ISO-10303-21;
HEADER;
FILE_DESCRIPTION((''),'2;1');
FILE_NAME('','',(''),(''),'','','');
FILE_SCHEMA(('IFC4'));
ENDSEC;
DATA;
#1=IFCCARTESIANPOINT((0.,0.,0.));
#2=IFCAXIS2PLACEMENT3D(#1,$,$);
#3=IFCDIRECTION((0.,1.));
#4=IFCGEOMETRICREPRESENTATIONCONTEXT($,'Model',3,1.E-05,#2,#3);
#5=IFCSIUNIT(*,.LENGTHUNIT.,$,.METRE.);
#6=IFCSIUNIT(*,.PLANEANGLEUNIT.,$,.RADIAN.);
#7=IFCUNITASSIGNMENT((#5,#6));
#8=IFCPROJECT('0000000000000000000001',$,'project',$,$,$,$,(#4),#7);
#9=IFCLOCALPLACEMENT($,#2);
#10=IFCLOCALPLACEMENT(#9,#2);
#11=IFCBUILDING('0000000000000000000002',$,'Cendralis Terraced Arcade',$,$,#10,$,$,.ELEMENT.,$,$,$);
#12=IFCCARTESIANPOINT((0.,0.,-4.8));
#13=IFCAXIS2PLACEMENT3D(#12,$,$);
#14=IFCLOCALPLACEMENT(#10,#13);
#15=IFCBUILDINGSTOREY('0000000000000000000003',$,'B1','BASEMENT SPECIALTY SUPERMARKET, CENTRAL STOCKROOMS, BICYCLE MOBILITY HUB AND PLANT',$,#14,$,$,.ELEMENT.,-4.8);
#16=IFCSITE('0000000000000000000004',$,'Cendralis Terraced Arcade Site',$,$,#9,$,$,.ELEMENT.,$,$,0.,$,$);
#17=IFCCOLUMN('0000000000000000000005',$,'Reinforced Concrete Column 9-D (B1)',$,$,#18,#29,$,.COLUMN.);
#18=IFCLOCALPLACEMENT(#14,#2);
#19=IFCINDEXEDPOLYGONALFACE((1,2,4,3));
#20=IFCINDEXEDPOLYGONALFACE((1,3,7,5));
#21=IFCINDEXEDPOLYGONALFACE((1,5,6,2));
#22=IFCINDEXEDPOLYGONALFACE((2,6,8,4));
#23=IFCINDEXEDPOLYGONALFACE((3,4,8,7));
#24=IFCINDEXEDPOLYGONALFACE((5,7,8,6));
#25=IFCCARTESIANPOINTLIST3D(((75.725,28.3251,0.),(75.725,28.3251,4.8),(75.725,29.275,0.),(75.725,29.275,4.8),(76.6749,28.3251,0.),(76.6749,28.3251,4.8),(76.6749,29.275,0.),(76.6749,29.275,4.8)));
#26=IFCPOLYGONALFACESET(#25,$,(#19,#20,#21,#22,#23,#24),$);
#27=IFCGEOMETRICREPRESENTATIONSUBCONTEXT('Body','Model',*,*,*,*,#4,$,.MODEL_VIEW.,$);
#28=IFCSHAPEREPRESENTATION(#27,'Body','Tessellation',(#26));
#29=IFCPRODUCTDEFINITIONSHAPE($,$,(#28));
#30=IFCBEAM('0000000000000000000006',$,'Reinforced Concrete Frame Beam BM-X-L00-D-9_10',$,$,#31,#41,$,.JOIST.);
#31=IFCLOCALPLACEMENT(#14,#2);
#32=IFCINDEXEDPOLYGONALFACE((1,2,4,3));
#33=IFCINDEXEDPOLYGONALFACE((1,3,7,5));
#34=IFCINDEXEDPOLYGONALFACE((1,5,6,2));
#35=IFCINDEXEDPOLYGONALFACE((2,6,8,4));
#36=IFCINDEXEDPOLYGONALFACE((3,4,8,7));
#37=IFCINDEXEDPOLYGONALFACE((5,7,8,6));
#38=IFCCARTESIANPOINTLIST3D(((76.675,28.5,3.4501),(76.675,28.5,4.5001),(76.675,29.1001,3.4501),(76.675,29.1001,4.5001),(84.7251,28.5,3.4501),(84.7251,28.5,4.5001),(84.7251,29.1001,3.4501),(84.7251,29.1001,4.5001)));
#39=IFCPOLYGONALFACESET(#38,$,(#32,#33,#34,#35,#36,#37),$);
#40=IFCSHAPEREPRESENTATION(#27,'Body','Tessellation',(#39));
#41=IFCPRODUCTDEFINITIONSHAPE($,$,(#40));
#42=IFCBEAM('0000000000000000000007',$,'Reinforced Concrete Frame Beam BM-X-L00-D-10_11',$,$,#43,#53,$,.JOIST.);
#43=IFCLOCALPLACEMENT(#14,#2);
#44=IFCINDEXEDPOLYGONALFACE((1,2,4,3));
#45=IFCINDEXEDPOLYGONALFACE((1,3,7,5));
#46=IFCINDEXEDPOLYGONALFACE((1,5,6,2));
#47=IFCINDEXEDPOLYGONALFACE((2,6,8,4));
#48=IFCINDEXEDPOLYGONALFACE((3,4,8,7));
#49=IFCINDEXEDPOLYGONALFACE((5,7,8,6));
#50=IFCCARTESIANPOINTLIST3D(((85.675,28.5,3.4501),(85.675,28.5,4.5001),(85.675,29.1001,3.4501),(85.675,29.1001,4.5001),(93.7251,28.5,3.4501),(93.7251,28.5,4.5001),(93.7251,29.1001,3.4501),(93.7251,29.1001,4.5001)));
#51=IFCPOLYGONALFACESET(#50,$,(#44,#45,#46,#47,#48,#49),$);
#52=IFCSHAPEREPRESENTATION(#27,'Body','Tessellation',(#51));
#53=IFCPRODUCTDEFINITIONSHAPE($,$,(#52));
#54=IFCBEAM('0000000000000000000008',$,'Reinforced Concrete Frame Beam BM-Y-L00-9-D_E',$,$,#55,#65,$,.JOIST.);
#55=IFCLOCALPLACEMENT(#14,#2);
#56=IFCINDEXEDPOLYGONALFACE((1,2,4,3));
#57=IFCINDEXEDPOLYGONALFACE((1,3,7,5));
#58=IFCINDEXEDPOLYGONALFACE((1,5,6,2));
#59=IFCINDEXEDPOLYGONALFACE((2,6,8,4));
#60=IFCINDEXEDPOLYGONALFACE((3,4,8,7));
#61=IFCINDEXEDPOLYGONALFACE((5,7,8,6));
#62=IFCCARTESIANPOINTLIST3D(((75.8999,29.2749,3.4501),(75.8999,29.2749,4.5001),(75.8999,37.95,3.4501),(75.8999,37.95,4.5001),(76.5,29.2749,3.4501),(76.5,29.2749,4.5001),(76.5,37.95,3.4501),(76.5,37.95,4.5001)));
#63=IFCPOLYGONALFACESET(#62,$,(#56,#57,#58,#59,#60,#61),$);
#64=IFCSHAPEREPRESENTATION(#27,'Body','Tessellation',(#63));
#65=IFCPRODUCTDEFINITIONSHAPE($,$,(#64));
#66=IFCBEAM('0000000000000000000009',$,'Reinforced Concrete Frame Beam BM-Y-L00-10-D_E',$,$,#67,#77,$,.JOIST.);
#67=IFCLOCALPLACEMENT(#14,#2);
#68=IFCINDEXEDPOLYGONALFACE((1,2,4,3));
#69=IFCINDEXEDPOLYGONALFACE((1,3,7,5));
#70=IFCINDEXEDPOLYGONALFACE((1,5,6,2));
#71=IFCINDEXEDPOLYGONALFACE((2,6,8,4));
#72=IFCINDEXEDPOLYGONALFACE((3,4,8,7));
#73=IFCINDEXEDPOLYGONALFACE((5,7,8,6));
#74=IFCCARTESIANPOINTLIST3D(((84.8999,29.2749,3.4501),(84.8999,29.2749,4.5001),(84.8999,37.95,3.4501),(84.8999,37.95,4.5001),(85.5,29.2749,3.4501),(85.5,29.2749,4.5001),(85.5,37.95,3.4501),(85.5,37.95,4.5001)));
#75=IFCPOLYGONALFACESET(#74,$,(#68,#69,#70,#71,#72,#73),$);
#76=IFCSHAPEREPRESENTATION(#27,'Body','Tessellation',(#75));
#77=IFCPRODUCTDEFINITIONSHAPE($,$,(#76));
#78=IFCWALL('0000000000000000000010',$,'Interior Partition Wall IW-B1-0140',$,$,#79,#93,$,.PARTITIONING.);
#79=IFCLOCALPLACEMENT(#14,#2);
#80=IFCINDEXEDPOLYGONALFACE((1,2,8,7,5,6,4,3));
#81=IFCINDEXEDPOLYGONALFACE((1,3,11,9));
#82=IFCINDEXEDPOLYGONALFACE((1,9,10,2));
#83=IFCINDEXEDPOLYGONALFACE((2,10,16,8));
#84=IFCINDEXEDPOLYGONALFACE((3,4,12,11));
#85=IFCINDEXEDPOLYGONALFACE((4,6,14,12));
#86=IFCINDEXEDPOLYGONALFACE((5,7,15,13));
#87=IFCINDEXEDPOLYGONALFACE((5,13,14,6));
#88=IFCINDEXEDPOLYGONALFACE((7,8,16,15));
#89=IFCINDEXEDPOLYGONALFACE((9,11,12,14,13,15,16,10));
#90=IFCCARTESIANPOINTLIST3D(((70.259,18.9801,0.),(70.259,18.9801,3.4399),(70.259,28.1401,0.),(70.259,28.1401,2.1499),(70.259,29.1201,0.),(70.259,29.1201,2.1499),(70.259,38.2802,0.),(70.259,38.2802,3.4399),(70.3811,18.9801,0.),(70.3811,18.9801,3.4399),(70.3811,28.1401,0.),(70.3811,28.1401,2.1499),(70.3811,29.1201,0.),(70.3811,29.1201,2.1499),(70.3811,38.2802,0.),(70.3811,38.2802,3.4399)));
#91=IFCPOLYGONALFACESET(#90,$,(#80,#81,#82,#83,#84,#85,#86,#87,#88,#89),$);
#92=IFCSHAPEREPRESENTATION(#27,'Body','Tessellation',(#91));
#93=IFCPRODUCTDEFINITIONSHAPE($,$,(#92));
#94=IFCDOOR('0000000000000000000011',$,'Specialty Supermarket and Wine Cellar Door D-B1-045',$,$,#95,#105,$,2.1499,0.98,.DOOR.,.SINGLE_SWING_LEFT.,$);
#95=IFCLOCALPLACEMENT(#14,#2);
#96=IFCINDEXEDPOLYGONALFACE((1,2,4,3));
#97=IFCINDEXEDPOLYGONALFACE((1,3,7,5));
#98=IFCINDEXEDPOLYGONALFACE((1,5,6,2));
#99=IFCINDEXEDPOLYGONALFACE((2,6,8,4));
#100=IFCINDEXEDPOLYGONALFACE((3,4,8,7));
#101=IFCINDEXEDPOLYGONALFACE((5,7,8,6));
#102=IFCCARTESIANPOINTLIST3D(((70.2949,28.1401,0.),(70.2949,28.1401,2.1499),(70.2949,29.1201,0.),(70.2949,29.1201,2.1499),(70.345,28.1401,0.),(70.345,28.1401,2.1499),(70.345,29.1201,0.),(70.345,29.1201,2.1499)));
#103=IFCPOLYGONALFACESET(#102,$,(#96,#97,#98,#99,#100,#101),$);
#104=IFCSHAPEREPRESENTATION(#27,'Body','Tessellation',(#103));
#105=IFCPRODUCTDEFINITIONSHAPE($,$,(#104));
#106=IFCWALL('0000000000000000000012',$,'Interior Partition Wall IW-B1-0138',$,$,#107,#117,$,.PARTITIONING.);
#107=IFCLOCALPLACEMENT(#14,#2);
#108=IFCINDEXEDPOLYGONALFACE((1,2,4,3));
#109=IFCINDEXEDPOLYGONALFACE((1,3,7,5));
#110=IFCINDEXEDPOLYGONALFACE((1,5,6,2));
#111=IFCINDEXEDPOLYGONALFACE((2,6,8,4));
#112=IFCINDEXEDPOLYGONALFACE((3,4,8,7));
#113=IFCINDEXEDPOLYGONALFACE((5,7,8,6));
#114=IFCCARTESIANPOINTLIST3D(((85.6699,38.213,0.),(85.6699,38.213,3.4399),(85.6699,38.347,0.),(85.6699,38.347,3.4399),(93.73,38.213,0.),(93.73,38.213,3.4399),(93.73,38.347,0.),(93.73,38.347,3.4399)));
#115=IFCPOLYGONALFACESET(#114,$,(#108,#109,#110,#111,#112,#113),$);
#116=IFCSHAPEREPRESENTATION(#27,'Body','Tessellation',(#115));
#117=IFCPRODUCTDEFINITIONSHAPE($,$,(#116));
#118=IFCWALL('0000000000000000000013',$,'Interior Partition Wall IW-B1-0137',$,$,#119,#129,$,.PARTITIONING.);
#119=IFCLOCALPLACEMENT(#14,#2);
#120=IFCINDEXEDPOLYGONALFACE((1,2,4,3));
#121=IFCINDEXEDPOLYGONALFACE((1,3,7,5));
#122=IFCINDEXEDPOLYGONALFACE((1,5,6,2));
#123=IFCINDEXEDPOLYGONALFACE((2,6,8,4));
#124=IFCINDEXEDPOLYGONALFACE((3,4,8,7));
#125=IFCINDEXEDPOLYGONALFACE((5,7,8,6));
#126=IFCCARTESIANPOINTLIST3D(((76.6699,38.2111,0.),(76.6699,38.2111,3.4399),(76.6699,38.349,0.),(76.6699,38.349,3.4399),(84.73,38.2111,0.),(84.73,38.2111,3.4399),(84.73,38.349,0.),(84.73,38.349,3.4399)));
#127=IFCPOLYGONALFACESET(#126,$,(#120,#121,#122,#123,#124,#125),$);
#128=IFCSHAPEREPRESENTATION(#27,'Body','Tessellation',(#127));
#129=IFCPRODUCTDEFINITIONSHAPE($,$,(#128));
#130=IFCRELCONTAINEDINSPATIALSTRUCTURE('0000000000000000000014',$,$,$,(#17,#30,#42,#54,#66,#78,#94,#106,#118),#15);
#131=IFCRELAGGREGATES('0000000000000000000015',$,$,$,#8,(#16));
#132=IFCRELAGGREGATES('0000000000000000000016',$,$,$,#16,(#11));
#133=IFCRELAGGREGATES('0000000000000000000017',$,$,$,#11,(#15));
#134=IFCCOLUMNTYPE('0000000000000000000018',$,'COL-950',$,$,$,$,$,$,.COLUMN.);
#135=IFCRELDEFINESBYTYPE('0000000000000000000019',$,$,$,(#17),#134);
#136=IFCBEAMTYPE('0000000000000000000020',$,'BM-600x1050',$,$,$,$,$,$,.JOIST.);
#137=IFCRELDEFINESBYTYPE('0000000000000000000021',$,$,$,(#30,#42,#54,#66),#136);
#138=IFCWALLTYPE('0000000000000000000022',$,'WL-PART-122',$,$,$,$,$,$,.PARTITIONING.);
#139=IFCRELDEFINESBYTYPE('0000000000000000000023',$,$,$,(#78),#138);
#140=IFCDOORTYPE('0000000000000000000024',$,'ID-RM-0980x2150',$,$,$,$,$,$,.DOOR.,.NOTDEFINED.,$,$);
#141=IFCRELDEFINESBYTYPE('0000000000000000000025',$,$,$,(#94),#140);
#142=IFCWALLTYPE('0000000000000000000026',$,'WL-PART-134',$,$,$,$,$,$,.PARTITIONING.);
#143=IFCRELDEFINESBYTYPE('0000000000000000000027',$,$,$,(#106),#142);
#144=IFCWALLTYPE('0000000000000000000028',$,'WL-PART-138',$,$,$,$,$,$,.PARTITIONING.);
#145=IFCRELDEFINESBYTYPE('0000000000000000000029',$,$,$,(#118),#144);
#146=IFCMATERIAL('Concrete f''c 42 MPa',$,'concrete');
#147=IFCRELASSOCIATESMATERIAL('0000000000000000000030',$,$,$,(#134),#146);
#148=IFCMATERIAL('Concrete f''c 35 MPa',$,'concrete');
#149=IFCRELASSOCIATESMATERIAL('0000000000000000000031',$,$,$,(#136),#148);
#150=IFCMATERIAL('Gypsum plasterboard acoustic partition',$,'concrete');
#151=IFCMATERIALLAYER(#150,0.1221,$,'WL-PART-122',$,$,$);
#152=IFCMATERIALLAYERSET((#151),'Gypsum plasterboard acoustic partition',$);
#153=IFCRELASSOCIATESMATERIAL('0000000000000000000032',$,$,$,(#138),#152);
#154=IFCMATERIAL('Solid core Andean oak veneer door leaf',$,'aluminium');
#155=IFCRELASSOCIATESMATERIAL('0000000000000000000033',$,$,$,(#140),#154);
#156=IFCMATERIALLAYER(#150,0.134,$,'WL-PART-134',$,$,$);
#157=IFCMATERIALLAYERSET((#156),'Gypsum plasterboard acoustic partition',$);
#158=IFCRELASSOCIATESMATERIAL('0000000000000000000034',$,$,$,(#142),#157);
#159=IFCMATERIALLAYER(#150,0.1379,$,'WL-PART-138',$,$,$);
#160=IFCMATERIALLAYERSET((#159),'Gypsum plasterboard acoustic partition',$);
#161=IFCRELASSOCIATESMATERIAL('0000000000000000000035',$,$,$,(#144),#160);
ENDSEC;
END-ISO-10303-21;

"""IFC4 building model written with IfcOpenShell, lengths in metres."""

from ifc_helpers import new_model, si_unit, direction, frame, frame_2d, origin, origin_2d, place, context, subcontext, project, spatial, rectangle, extrude, material, layer, layer_set, material_profile, profile_set, type_object, element, fill, save


model = new_model("IFC4")

# Units and contexts
model_context = context("Model", 3, precision=1e-05, world=origin(), true_north=direction((0.0, 1.0)))
body_context = subcontext(model_context, "Body", "Model", "MODEL_VIEW")
ifc_project = project(units=[si_unit("LENGTHUNIT", "METRE"), si_unit("PLANEANGLEUNIT", "RADIAN")], contexts=[model_context])

# Site, building, storey
site_placement = place(None, origin())
site = spatial("IfcSite", under=ifc_project, at=site_placement, Name="Cendralis Terraced Arcade Site", CompositionType="ELEMENT", RefElevation=0.0)
building_placement = place(site_placement, origin())
building = spatial("IfcBuilding", under=site, at=building_placement, Name="Cendralis Terraced Arcade", CompositionType="ELEMENT")
storey_placement = place(building_placement, frame((0.0, 0.0, -4.8)))
storey = spatial("IfcBuildingStorey", under=building, at=storey_placement, Name="B1", Description="BASEMENT SPECIALTY SUPERMARKET, CENTRAL STOCKROOMS, BICYCLE MOBILITY HUB AND PLANT", CompositionType="ELEMENT", Elevation=-4.8)

# Shared definitions
ifc_material_1 = material(Name="Concrete f'c 35 MPa", Category="concrete")

# Column
ifc_material_2 = material(Name="Concrete f'c 42 MPa", Category="concrete")
ifc_material_profile_1 = material_profile(ifc_material_2, rectangle(XDim=0.95, YDim=0.95, at=origin_2d()), Name="RC-COL-950x950", Category="LoadBearing")
ifc_profile_set_1 = profile_set([ifc_material_profile_1], Name="Concrete f'c 42 MPa")
column_type = type_object("IfcColumnType", Name="COL-950", PredefinedType="COLUMN", material=ifc_profile_set_1)
for number, where, z_axis, x_axis, name in (
    (1, (76.2, 28.8, 0.0), (0.0, 0.0, 1.0), (1.0, 0.0, 0.0), "Reinforced Concrete Column 9-D (B1)"),
):
    element("IfcColumn", number, at=place(storey_placement, frame(where, z_axis=z_axis, x_axis=x_axis)), inside=storey, type_object=column_type, Name=name, PredefinedType="COLUMN", context=body_context, shape_type="SweptSolid", body=[
        extrude(rectangle(XDim=0.95, YDim=0.95, at=origin_2d()), origin(), (0.0, 0.0, 1.0), 4.8),
    ])

# Beams
ifc_material_profile_2 = material_profile(ifc_material_1, rectangle(XDim=0.6001, YDim=1.05, at=origin_2d()), Name="RC-BM-600x1050", Category="LoadBearing")
ifc_profile_set_2 = profile_set([ifc_material_profile_2], Name="Concrete f'c 35 MPa")
beam_type = type_object("IfcBeamType", Name="BM-600x1050", PredefinedType="JOIST", material=ifc_profile_set_2)
for number, where, z_axis, x_axis, name in (
    (2, (76.675, 28.8, 3.9751), (1.0, 0.0, 0.0), (0.0, 1.0, 0.0), "Reinforced Concrete Frame Beam BM-X-L00-D-9_10"),
    (3, (85.675, 28.8, 3.9751), (1.0, 0.0, 0.0), (0.0, 1.0, 0.0), "Reinforced Concrete Frame Beam BM-X-L00-D-10_11"),
):
    element("IfcBeam", number, at=place(storey_placement, frame(where, z_axis=z_axis, x_axis=x_axis)), inside=storey, type_object=beam_type, Name=name, PredefinedType="JOIST", context=body_context, shape_type="SweptSolid", body=[
        extrude(rectangle(XDim=0.6001, YDim=1.05, at=origin_2d()), origin(), (0.0, 0.0, 1.0), 8.05),
    ])
for number, where, z_axis, x_axis, name in (
    (4, (76.2, 29.2749, 3.9751), (0.0, 1.0, 0.0), (-1.0, 0.0, 0.0), "Reinforced Concrete Frame Beam BM-Y-L00-9-D_E"),
    (5, (85.2, 29.2749, 3.9751), (0.0, 1.0, 0.0), (-1.0, 0.0, 0.0), "Reinforced Concrete Frame Beam BM-Y-L00-10-D_E"),
):
    element("IfcBeam", number, at=place(storey_placement, frame(where, z_axis=z_axis, x_axis=x_axis)), inside=storey, type_object=beam_type, Name=name, PredefinedType="JOIST", context=body_context, shape_type="SweptSolid", body=[
        extrude(rectangle(XDim=0.6001, YDim=1.05, at=origin_2d()), origin(), (0.0, 0.0, 1.0), 8.675),
    ])

# Wall, opening, door
ifc_material_3 = material(Name="Gypsum plasterboard acoustic partition", Category="concrete")
ifc_layer_1 = layer(ifc_material_3, 0.1221, Name="WL-PART-122")
ifc_layer_set_1 = layer_set([ifc_layer_1], Name="Gypsum plasterboard acoustic partition")
wall_type_1 = type_object("IfcWallType", Name="WL-PART-122", PredefinedType="PARTITIONING", material=ifc_layer_set_1)
wall_1_placement = place(storey_placement, frame((70.3201, 38.28, 0.0), z_axis=(0.0, 0.0, 1.0), x_axis=(0.0, -1.0, 0.0)))
wall_1 = element("IfcWall", 6, at=wall_1_placement, inside=storey, type_object=wall_type_1, Name="Interior Partition Wall IW-B1-0140", PredefinedType="PARTITIONING", context=body_context, shape_type="SweptSolid", body=[
    extrude(rectangle(XDim=19.3, YDim=0.1221, at=frame_2d((9.6499, 0.0))), origin(), (0.0, 0.0, 1.0), 3.4399),
])
opening_placement = place(wall_1_placement, frame((9.1599, 0.0, 0.0)))
opening = element("IfcOpeningElement", 7, at=opening_placement, cuts=wall_1, PredefinedType="OPENING", context=body_context, shape_type="SweptSolid", body=[
    extrude(rectangle(XDim=0.98, YDim=2.1499, at=frame_2d((0.49, 1.075))), frame((0.0, 0.073, 0.0), z_axis=(0.0, -1.0, 0.0), x_axis=(1.0, 0.0, 0.0)), (0.0, 0.0, 1.0), 0.146),
])
ifc_material_4 = material(Name="Solid core Andean oak veneer door leaf", Category="aluminium")
door_type = type_object("IfcDoorType", Name="ID-RM-0980x2150", OperationType="NOTDEFINED", PredefinedType="DOOR", material=ifc_material_4)
door_placement = place(opening_placement, origin())
door = element("IfcDoor", 8, at=door_placement, inside=storey, type_object=door_type, Name="Specialty Supermarket and Wine Cellar Door D-B1-045", OperationType="SINGLE_SWING_LEFT", OverallHeight=2.1499, OverallWidth=0.98, PredefinedType="DOOR", context=body_context, shape_type="SweptSolid", body=[
    extrude(rectangle(XDim=0.98, YDim=2.1499, at=frame_2d((0.49, 1.075))), frame((0.0, 0.0249, 0.0), z_axis=(0.0, -1.0, 0.0), x_axis=(1.0, 0.0, 0.0)), (0.0, 0.0, 1.0), 0.05),
])
fill(opening, door)

# Walls
ifc_layer_2 = layer(ifc_material_3, 0.134, Name="WL-PART-134")
ifc_layer_set_2 = layer_set([ifc_layer_2], Name="Gypsum plasterboard acoustic partition")
wall_type_2 = type_object("IfcWallType", Name="WL-PART-134", PredefinedType="PARTITIONING", material=ifc_layer_set_2)
wall_2_placement = place(storey_placement, frame((85.6699, 38.28, 0.0), z_axis=(0.0, 0.0, 1.0), x_axis=(1.0, 0.0, 0.0)))
element("IfcWall", 9, at=wall_2_placement, inside=storey, type_object=wall_type_2, Name="Interior Partition Wall IW-B1-0138", PredefinedType="PARTITIONING", context=body_context, shape_type="SweptSolid", body=[
    extrude(rectangle(XDim=8.0601, YDim=0.134, at=frame_2d((4.03, 0.0))), origin(), (0.0, 0.0, 1.0), 3.4399),
])
ifc_layer_3 = layer(ifc_material_3, 0.1379, Name="WL-PART-138")
ifc_layer_set_3 = layer_set([ifc_layer_3], Name="Gypsum plasterboard acoustic partition")
wall_type_3 = type_object("IfcWallType", Name="WL-PART-138", PredefinedType="PARTITIONING", material=ifc_layer_set_3)
wall_3_placement = place(storey_placement, frame((76.6699, 38.28, 0.0), z_axis=(0.0, 0.0, 1.0), x_axis=(1.0, 0.0, 0.0)))
element("IfcWall", 10, at=wall_3_placement, inside=storey, type_object=wall_type_3, Name="Interior Partition Wall IW-B1-0137", PredefinedType="PARTITIONING", context=body_context, shape_type="SweptSolid", body=[
    extrude(rectangle(XDim=8.0601, YDim=0.1379, at=frame_2d((4.03, 0.0))), origin(), (0.0, 0.0, 1.0), 3.4399),
])

save(model, "model.ifc")
